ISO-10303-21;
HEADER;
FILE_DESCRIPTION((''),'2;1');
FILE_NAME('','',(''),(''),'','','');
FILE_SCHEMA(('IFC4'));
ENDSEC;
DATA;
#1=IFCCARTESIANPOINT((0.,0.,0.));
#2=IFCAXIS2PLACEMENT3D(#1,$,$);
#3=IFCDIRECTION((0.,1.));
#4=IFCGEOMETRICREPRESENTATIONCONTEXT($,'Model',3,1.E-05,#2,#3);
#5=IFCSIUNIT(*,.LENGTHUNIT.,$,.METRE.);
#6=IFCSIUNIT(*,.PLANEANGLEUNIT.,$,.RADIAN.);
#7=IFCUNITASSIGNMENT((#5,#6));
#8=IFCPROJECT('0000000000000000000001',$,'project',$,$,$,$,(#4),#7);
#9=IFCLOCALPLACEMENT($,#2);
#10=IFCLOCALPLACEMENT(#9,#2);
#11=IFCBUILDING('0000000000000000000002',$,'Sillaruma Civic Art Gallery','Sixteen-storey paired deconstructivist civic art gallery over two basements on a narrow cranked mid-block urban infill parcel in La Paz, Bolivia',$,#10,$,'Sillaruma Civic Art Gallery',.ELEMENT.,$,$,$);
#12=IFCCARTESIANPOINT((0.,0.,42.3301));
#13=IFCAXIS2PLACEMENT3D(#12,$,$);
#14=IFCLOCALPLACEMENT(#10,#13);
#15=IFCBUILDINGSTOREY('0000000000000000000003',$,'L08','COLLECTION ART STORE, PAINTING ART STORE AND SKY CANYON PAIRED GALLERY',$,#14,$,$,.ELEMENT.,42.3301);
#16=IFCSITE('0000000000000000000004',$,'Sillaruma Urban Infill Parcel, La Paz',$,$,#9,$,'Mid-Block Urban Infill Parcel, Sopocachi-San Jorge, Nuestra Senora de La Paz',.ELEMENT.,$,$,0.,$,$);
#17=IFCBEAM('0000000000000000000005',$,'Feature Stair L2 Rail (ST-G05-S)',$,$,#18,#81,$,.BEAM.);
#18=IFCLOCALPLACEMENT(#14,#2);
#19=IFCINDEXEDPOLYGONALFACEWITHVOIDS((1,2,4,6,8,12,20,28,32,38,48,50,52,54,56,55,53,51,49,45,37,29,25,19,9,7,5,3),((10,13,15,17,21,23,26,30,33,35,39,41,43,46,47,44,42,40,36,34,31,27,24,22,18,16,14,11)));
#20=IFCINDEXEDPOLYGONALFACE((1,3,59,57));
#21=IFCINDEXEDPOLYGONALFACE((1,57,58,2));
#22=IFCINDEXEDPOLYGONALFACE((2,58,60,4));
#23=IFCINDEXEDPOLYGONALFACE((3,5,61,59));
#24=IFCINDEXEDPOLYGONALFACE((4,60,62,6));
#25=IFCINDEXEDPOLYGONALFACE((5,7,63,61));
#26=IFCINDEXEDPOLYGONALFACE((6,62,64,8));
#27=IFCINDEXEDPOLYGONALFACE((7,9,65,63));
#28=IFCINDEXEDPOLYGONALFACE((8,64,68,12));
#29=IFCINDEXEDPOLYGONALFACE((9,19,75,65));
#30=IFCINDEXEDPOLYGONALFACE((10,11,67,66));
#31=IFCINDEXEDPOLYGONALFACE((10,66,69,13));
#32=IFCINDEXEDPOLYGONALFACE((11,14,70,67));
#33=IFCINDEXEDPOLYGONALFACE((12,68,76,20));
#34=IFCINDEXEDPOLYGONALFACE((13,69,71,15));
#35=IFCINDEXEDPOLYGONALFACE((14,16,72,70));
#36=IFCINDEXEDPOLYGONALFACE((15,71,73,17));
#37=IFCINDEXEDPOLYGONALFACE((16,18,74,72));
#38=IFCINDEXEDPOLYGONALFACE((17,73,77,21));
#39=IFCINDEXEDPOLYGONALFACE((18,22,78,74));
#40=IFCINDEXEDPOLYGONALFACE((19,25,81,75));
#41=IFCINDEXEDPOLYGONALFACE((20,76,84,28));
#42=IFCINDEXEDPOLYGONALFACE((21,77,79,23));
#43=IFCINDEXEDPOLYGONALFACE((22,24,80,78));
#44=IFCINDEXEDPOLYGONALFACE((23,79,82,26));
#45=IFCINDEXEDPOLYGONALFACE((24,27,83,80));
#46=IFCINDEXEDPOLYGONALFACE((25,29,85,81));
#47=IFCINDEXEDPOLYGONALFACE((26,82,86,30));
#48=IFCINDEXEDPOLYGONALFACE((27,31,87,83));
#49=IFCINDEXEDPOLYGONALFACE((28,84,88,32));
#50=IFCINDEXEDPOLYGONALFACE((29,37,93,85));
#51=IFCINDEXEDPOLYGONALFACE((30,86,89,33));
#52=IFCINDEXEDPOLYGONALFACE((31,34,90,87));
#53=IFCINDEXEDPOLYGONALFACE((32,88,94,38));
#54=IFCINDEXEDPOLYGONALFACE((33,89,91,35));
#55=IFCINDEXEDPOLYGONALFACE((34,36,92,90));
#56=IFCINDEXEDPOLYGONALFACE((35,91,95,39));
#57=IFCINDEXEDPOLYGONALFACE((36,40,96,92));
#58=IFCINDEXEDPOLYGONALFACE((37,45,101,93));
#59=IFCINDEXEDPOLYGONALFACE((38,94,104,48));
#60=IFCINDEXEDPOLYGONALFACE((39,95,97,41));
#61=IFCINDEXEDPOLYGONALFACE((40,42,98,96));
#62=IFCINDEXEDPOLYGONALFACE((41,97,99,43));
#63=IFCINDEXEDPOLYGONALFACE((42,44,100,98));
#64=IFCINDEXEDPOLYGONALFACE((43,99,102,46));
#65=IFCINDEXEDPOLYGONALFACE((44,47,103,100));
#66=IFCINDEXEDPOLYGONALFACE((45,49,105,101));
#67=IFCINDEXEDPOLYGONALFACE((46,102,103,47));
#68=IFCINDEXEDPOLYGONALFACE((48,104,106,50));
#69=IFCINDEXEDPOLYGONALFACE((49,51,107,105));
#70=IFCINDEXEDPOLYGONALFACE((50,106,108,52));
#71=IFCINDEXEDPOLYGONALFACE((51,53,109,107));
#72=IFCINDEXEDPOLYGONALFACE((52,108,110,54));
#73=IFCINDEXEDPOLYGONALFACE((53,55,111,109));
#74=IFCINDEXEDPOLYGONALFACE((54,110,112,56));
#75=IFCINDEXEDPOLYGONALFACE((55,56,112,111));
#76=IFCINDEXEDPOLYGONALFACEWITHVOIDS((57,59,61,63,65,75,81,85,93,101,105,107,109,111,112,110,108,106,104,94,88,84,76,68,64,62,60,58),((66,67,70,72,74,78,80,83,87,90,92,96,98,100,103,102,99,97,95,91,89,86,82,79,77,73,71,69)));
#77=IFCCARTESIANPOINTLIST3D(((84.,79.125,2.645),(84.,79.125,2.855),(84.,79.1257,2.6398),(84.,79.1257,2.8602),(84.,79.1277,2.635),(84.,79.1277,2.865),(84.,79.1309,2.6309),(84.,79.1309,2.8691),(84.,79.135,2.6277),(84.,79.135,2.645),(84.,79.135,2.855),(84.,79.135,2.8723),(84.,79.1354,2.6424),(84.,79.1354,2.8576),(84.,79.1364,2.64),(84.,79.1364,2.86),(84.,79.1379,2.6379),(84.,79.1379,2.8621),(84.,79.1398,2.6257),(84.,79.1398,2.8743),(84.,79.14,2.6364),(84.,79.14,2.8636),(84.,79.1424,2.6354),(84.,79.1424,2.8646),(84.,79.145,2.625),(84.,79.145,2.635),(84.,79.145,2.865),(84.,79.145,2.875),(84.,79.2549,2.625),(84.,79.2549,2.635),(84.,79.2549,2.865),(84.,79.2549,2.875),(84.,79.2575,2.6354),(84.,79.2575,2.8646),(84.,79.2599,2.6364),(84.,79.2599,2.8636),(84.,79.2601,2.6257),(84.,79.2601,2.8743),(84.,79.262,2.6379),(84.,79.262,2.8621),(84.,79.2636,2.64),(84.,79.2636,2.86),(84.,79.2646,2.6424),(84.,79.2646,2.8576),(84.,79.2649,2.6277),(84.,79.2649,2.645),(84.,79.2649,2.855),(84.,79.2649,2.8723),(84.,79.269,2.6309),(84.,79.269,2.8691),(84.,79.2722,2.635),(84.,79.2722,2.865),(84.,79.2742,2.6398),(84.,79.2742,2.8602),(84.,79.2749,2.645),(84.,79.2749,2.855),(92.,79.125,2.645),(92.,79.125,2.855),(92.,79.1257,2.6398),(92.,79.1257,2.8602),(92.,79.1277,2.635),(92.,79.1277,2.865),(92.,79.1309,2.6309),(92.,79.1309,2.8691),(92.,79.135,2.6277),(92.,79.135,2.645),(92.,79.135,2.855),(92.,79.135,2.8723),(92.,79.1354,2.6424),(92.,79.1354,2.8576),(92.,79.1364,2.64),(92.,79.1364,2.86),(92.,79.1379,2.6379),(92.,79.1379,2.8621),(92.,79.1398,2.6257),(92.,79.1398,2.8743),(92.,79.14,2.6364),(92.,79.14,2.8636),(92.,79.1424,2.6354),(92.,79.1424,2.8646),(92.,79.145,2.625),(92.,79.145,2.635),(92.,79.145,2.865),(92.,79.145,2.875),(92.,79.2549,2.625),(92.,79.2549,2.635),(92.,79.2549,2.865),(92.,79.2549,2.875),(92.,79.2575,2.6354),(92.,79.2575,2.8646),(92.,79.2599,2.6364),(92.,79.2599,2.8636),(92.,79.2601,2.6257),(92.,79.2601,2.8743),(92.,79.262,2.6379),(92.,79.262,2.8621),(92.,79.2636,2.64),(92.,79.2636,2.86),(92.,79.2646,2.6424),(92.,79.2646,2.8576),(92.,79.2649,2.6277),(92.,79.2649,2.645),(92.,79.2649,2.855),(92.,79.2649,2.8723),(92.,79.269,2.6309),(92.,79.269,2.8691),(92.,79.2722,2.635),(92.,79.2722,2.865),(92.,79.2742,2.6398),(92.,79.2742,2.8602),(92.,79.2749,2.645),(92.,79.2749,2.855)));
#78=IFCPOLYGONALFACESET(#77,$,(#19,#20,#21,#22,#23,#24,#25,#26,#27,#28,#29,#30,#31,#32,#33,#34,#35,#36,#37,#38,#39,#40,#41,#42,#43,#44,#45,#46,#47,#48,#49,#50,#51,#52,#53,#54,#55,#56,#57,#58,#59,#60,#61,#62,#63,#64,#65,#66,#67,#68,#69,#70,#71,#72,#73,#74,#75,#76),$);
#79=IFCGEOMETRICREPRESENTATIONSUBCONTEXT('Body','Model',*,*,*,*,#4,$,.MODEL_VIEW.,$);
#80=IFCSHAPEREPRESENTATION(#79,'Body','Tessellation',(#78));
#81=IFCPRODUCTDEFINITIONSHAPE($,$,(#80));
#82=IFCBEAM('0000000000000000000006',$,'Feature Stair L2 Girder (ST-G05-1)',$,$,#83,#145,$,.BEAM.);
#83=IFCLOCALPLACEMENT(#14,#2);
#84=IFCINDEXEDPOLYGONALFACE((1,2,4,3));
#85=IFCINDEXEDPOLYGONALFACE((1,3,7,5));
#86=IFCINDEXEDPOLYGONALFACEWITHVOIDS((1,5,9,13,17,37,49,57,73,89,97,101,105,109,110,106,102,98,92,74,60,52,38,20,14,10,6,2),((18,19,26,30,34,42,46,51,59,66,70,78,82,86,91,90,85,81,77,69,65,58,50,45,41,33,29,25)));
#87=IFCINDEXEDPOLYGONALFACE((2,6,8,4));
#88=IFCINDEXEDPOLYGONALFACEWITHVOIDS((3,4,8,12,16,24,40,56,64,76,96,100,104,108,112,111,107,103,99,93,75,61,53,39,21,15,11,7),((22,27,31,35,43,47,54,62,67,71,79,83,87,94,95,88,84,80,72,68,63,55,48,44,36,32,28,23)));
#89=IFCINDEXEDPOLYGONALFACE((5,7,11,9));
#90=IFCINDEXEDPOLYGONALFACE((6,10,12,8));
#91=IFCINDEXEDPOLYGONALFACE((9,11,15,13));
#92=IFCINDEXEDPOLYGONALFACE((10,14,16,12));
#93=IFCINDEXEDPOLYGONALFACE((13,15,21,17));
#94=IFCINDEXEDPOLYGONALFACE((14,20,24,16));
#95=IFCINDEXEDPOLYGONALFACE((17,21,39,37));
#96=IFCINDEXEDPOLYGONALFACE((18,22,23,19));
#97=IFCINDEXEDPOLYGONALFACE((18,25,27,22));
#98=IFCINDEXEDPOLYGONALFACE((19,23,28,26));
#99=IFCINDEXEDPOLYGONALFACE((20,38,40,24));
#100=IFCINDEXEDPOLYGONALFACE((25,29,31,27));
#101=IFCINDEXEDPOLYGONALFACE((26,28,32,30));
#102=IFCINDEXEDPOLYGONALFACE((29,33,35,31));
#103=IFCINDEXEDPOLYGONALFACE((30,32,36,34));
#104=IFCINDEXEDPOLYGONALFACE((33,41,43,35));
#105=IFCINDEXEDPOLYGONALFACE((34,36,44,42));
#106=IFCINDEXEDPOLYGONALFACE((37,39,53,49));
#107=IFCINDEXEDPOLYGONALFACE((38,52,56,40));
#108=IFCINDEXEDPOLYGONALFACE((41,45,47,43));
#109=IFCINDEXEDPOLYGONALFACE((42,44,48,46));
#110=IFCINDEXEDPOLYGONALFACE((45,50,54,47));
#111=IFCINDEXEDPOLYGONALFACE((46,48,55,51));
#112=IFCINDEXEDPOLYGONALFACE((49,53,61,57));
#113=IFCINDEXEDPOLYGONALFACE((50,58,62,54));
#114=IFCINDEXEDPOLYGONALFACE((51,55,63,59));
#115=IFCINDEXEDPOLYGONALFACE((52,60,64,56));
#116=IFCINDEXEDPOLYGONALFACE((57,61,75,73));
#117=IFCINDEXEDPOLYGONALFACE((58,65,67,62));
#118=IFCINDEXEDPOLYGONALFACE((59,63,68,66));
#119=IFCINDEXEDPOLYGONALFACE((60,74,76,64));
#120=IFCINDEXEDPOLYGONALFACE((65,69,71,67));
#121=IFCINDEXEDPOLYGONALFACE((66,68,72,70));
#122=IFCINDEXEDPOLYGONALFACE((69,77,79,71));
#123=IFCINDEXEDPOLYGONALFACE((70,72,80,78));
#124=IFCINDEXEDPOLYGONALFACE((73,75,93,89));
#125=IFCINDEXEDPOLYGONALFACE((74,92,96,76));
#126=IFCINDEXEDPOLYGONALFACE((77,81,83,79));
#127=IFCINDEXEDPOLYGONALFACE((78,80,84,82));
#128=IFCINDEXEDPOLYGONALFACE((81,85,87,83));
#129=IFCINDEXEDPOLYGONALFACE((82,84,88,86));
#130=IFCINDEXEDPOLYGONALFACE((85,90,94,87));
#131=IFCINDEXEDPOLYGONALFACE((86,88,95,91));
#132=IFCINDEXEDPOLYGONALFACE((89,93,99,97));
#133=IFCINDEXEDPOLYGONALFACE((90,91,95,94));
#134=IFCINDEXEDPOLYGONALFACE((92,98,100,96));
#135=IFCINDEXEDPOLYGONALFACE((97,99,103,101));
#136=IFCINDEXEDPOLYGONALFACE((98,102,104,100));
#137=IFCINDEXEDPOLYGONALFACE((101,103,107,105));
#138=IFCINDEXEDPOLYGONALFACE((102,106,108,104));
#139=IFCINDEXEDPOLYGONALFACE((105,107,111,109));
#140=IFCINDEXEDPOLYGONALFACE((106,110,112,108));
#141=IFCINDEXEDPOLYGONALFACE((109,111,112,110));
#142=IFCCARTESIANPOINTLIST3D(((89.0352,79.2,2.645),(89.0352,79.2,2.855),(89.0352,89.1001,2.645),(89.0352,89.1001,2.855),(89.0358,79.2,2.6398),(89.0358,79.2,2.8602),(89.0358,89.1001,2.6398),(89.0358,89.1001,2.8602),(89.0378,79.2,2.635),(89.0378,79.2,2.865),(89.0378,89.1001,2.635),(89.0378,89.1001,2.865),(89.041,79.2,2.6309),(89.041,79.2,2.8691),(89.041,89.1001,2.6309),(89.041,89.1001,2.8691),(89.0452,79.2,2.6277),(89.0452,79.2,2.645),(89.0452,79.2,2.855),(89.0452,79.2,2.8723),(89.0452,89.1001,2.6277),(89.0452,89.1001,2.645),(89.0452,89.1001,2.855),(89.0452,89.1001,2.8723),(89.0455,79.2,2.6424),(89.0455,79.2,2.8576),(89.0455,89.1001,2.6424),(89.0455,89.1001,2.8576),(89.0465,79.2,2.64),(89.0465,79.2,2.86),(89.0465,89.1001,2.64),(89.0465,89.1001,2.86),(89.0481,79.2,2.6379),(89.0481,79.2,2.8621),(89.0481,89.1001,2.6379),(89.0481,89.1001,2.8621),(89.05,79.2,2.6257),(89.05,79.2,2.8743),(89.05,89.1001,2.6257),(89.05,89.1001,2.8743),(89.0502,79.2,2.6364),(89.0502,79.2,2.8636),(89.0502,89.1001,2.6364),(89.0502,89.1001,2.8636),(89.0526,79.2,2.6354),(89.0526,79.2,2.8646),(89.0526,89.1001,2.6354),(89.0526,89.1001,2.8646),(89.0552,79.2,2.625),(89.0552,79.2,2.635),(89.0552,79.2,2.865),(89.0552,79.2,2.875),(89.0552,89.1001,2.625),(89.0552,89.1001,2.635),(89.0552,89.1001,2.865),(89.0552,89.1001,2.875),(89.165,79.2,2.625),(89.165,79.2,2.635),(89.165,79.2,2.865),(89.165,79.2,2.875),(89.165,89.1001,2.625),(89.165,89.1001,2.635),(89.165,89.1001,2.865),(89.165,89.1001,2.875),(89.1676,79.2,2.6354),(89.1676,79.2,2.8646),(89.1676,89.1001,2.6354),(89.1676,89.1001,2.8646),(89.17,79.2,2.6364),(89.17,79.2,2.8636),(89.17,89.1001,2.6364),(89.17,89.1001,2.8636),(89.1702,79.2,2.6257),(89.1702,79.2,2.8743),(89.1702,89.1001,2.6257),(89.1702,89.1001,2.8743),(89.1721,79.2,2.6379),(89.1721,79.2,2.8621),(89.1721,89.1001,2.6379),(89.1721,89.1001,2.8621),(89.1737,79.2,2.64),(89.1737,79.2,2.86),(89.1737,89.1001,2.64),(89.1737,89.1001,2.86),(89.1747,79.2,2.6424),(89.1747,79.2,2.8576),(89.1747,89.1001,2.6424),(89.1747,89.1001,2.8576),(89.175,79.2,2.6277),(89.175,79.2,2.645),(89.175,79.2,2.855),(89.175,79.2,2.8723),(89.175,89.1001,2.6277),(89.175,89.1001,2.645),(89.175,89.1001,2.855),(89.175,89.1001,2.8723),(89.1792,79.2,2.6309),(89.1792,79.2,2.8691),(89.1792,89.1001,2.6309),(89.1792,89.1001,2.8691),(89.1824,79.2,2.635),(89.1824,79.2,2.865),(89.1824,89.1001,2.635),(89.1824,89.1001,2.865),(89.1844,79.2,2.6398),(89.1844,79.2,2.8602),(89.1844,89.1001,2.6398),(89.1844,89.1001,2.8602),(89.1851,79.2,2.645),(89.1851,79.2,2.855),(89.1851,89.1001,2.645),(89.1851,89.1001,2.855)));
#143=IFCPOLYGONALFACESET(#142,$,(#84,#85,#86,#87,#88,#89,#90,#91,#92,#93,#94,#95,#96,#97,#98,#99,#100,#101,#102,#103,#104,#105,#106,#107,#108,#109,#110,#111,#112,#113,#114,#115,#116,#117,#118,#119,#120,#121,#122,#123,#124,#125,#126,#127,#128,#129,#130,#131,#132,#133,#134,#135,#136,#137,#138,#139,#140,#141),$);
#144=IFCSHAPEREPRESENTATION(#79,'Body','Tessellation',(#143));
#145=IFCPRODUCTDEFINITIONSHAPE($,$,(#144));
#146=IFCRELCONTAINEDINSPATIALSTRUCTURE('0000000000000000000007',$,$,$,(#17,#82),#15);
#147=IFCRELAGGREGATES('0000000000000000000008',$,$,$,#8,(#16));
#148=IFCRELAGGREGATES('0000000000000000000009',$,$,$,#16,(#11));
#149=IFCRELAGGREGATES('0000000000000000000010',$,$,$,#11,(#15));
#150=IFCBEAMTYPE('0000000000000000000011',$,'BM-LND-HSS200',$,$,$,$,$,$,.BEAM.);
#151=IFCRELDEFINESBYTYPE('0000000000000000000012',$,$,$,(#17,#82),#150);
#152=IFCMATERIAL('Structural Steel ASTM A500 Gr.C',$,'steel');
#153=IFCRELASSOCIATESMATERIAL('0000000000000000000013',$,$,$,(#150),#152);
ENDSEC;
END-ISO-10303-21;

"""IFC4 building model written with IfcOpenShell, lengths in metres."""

from ifc_helpers import new_model, si_unit, direction, frame, origin, origin_2d, place, context, subcontext, project, spatial, hollow_rectangle, extrude, material, material_profile, profile_set, type_object, element, save


model = new_model("IFC4")

# Units and contexts
model_context = context("Model", 3, precision=1e-05, world=origin(), true_north=direction((0.0, 1.0)))
body_context = subcontext(model_context, "Body", "Model", "MODEL_VIEW")
ifc_project = project(units=[si_unit("LENGTHUNIT", "METRE"), si_unit("PLANEANGLEUNIT", "RADIAN")], contexts=[model_context])

# Site, building, storey
site_placement = place(None, origin())
site = spatial("IfcSite", under=ifc_project, at=site_placement, Name="Sillaruma Urban Infill Parcel, La Paz", LongName="Mid-Block Urban Infill Parcel, Sopocachi-San Jorge, Nuestra Senora de La Paz", CompositionType="ELEMENT", RefElevation=0.0)
building_placement = place(site_placement, origin())
building = spatial("IfcBuilding", under=site, at=building_placement, Name="Sillaruma Civic Art Gallery", Description="Sixteen-storey paired deconstructivist civic art gallery over two basements on a narrow cranked mid-block urban infill parcel in La Paz, Bolivia", LongName="Sillaruma Civic Art Gallery", CompositionType="ELEMENT")
storey_placement = place(building_placement, frame((0.0, 0.0, 42.3301)))
storey = spatial("IfcBuildingStorey", under=building, at=storey_placement, Name="L08", Description="COLLECTION ART STORE, PAINTING ART STORE AND SKY CANYON PAIRED GALLERY", CompositionType="ELEMENT", Elevation=42.3301)

# Beams
ifc_material_1 = material(Name="Structural Steel ASTM A500 Gr.C", Category="steel")
ifc_material_profile_1 = material_profile(ifc_material_1, hollow_rectangle(XDim=0.1499, YDim=0.25, WallThickness=0.01, InnerFilletRadius=0.01, OuterFilletRadius=0.02, at=origin_2d()), Name="HSS250x150x10")
ifc_profile_set_1 = profile_set([ifc_material_profile_1], Name="Structural Steel ASTM A500 Gr.C")
beam_type_1 = type_object("IfcBeamType", Name="BM-LND-HSS200", PredefinedType="BEAM", material=ifc_profile_set_1)
beam_1_placement = place(storey_placement, frame((84.0, 79.2, 2.75), z_axis=(1.0, 0.0, 0.0), x_axis=(0.0, 1.0, 0.0)))
element("IfcBeam", 1, at=beam_1_placement, inside=storey, type_object=beam_type_1, Name="Feature Stair L2 Rail (ST-G05-S)", PredefinedType="BEAM", context=body_context, shape_type="SweptSolid", body=[
    extrude(hollow_rectangle(XDim=0.1499, YDim=0.25, WallThickness=0.01, InnerFilletRadius=0.01, OuterFilletRadius=0.02, at=origin_2d()), origin(), (0.0, 0.0, 1.0), 8.0),
])
for number, where, z_axis, x_axis, name in (
    (2, (89.1101, 79.2, 2.75), (0.0, 1.0, 0.0), (-1.0, 0.0, 0.0), "Feature Stair L2 Girder (ST-G05-1)"),
):
    element("IfcBeam", number, at=place(storey_placement, frame(where, z_axis=z_axis, x_axis=x_axis)), inside=storey, type_object=beam_type_1, Name=name, PredefinedType="BEAM", context=body_context, shape_type="SweptSolid", body=[
        extrude(hollow_rectangle(XDim=0.1499, YDim=0.25, WallThickness=0.01, InnerFilletRadius=0.01, OuterFilletRadius=0.02, at=origin_2d()), origin(), (0.0, 0.0, 1.0), 9.9001),
    ])

save(model, "model.ifc")
